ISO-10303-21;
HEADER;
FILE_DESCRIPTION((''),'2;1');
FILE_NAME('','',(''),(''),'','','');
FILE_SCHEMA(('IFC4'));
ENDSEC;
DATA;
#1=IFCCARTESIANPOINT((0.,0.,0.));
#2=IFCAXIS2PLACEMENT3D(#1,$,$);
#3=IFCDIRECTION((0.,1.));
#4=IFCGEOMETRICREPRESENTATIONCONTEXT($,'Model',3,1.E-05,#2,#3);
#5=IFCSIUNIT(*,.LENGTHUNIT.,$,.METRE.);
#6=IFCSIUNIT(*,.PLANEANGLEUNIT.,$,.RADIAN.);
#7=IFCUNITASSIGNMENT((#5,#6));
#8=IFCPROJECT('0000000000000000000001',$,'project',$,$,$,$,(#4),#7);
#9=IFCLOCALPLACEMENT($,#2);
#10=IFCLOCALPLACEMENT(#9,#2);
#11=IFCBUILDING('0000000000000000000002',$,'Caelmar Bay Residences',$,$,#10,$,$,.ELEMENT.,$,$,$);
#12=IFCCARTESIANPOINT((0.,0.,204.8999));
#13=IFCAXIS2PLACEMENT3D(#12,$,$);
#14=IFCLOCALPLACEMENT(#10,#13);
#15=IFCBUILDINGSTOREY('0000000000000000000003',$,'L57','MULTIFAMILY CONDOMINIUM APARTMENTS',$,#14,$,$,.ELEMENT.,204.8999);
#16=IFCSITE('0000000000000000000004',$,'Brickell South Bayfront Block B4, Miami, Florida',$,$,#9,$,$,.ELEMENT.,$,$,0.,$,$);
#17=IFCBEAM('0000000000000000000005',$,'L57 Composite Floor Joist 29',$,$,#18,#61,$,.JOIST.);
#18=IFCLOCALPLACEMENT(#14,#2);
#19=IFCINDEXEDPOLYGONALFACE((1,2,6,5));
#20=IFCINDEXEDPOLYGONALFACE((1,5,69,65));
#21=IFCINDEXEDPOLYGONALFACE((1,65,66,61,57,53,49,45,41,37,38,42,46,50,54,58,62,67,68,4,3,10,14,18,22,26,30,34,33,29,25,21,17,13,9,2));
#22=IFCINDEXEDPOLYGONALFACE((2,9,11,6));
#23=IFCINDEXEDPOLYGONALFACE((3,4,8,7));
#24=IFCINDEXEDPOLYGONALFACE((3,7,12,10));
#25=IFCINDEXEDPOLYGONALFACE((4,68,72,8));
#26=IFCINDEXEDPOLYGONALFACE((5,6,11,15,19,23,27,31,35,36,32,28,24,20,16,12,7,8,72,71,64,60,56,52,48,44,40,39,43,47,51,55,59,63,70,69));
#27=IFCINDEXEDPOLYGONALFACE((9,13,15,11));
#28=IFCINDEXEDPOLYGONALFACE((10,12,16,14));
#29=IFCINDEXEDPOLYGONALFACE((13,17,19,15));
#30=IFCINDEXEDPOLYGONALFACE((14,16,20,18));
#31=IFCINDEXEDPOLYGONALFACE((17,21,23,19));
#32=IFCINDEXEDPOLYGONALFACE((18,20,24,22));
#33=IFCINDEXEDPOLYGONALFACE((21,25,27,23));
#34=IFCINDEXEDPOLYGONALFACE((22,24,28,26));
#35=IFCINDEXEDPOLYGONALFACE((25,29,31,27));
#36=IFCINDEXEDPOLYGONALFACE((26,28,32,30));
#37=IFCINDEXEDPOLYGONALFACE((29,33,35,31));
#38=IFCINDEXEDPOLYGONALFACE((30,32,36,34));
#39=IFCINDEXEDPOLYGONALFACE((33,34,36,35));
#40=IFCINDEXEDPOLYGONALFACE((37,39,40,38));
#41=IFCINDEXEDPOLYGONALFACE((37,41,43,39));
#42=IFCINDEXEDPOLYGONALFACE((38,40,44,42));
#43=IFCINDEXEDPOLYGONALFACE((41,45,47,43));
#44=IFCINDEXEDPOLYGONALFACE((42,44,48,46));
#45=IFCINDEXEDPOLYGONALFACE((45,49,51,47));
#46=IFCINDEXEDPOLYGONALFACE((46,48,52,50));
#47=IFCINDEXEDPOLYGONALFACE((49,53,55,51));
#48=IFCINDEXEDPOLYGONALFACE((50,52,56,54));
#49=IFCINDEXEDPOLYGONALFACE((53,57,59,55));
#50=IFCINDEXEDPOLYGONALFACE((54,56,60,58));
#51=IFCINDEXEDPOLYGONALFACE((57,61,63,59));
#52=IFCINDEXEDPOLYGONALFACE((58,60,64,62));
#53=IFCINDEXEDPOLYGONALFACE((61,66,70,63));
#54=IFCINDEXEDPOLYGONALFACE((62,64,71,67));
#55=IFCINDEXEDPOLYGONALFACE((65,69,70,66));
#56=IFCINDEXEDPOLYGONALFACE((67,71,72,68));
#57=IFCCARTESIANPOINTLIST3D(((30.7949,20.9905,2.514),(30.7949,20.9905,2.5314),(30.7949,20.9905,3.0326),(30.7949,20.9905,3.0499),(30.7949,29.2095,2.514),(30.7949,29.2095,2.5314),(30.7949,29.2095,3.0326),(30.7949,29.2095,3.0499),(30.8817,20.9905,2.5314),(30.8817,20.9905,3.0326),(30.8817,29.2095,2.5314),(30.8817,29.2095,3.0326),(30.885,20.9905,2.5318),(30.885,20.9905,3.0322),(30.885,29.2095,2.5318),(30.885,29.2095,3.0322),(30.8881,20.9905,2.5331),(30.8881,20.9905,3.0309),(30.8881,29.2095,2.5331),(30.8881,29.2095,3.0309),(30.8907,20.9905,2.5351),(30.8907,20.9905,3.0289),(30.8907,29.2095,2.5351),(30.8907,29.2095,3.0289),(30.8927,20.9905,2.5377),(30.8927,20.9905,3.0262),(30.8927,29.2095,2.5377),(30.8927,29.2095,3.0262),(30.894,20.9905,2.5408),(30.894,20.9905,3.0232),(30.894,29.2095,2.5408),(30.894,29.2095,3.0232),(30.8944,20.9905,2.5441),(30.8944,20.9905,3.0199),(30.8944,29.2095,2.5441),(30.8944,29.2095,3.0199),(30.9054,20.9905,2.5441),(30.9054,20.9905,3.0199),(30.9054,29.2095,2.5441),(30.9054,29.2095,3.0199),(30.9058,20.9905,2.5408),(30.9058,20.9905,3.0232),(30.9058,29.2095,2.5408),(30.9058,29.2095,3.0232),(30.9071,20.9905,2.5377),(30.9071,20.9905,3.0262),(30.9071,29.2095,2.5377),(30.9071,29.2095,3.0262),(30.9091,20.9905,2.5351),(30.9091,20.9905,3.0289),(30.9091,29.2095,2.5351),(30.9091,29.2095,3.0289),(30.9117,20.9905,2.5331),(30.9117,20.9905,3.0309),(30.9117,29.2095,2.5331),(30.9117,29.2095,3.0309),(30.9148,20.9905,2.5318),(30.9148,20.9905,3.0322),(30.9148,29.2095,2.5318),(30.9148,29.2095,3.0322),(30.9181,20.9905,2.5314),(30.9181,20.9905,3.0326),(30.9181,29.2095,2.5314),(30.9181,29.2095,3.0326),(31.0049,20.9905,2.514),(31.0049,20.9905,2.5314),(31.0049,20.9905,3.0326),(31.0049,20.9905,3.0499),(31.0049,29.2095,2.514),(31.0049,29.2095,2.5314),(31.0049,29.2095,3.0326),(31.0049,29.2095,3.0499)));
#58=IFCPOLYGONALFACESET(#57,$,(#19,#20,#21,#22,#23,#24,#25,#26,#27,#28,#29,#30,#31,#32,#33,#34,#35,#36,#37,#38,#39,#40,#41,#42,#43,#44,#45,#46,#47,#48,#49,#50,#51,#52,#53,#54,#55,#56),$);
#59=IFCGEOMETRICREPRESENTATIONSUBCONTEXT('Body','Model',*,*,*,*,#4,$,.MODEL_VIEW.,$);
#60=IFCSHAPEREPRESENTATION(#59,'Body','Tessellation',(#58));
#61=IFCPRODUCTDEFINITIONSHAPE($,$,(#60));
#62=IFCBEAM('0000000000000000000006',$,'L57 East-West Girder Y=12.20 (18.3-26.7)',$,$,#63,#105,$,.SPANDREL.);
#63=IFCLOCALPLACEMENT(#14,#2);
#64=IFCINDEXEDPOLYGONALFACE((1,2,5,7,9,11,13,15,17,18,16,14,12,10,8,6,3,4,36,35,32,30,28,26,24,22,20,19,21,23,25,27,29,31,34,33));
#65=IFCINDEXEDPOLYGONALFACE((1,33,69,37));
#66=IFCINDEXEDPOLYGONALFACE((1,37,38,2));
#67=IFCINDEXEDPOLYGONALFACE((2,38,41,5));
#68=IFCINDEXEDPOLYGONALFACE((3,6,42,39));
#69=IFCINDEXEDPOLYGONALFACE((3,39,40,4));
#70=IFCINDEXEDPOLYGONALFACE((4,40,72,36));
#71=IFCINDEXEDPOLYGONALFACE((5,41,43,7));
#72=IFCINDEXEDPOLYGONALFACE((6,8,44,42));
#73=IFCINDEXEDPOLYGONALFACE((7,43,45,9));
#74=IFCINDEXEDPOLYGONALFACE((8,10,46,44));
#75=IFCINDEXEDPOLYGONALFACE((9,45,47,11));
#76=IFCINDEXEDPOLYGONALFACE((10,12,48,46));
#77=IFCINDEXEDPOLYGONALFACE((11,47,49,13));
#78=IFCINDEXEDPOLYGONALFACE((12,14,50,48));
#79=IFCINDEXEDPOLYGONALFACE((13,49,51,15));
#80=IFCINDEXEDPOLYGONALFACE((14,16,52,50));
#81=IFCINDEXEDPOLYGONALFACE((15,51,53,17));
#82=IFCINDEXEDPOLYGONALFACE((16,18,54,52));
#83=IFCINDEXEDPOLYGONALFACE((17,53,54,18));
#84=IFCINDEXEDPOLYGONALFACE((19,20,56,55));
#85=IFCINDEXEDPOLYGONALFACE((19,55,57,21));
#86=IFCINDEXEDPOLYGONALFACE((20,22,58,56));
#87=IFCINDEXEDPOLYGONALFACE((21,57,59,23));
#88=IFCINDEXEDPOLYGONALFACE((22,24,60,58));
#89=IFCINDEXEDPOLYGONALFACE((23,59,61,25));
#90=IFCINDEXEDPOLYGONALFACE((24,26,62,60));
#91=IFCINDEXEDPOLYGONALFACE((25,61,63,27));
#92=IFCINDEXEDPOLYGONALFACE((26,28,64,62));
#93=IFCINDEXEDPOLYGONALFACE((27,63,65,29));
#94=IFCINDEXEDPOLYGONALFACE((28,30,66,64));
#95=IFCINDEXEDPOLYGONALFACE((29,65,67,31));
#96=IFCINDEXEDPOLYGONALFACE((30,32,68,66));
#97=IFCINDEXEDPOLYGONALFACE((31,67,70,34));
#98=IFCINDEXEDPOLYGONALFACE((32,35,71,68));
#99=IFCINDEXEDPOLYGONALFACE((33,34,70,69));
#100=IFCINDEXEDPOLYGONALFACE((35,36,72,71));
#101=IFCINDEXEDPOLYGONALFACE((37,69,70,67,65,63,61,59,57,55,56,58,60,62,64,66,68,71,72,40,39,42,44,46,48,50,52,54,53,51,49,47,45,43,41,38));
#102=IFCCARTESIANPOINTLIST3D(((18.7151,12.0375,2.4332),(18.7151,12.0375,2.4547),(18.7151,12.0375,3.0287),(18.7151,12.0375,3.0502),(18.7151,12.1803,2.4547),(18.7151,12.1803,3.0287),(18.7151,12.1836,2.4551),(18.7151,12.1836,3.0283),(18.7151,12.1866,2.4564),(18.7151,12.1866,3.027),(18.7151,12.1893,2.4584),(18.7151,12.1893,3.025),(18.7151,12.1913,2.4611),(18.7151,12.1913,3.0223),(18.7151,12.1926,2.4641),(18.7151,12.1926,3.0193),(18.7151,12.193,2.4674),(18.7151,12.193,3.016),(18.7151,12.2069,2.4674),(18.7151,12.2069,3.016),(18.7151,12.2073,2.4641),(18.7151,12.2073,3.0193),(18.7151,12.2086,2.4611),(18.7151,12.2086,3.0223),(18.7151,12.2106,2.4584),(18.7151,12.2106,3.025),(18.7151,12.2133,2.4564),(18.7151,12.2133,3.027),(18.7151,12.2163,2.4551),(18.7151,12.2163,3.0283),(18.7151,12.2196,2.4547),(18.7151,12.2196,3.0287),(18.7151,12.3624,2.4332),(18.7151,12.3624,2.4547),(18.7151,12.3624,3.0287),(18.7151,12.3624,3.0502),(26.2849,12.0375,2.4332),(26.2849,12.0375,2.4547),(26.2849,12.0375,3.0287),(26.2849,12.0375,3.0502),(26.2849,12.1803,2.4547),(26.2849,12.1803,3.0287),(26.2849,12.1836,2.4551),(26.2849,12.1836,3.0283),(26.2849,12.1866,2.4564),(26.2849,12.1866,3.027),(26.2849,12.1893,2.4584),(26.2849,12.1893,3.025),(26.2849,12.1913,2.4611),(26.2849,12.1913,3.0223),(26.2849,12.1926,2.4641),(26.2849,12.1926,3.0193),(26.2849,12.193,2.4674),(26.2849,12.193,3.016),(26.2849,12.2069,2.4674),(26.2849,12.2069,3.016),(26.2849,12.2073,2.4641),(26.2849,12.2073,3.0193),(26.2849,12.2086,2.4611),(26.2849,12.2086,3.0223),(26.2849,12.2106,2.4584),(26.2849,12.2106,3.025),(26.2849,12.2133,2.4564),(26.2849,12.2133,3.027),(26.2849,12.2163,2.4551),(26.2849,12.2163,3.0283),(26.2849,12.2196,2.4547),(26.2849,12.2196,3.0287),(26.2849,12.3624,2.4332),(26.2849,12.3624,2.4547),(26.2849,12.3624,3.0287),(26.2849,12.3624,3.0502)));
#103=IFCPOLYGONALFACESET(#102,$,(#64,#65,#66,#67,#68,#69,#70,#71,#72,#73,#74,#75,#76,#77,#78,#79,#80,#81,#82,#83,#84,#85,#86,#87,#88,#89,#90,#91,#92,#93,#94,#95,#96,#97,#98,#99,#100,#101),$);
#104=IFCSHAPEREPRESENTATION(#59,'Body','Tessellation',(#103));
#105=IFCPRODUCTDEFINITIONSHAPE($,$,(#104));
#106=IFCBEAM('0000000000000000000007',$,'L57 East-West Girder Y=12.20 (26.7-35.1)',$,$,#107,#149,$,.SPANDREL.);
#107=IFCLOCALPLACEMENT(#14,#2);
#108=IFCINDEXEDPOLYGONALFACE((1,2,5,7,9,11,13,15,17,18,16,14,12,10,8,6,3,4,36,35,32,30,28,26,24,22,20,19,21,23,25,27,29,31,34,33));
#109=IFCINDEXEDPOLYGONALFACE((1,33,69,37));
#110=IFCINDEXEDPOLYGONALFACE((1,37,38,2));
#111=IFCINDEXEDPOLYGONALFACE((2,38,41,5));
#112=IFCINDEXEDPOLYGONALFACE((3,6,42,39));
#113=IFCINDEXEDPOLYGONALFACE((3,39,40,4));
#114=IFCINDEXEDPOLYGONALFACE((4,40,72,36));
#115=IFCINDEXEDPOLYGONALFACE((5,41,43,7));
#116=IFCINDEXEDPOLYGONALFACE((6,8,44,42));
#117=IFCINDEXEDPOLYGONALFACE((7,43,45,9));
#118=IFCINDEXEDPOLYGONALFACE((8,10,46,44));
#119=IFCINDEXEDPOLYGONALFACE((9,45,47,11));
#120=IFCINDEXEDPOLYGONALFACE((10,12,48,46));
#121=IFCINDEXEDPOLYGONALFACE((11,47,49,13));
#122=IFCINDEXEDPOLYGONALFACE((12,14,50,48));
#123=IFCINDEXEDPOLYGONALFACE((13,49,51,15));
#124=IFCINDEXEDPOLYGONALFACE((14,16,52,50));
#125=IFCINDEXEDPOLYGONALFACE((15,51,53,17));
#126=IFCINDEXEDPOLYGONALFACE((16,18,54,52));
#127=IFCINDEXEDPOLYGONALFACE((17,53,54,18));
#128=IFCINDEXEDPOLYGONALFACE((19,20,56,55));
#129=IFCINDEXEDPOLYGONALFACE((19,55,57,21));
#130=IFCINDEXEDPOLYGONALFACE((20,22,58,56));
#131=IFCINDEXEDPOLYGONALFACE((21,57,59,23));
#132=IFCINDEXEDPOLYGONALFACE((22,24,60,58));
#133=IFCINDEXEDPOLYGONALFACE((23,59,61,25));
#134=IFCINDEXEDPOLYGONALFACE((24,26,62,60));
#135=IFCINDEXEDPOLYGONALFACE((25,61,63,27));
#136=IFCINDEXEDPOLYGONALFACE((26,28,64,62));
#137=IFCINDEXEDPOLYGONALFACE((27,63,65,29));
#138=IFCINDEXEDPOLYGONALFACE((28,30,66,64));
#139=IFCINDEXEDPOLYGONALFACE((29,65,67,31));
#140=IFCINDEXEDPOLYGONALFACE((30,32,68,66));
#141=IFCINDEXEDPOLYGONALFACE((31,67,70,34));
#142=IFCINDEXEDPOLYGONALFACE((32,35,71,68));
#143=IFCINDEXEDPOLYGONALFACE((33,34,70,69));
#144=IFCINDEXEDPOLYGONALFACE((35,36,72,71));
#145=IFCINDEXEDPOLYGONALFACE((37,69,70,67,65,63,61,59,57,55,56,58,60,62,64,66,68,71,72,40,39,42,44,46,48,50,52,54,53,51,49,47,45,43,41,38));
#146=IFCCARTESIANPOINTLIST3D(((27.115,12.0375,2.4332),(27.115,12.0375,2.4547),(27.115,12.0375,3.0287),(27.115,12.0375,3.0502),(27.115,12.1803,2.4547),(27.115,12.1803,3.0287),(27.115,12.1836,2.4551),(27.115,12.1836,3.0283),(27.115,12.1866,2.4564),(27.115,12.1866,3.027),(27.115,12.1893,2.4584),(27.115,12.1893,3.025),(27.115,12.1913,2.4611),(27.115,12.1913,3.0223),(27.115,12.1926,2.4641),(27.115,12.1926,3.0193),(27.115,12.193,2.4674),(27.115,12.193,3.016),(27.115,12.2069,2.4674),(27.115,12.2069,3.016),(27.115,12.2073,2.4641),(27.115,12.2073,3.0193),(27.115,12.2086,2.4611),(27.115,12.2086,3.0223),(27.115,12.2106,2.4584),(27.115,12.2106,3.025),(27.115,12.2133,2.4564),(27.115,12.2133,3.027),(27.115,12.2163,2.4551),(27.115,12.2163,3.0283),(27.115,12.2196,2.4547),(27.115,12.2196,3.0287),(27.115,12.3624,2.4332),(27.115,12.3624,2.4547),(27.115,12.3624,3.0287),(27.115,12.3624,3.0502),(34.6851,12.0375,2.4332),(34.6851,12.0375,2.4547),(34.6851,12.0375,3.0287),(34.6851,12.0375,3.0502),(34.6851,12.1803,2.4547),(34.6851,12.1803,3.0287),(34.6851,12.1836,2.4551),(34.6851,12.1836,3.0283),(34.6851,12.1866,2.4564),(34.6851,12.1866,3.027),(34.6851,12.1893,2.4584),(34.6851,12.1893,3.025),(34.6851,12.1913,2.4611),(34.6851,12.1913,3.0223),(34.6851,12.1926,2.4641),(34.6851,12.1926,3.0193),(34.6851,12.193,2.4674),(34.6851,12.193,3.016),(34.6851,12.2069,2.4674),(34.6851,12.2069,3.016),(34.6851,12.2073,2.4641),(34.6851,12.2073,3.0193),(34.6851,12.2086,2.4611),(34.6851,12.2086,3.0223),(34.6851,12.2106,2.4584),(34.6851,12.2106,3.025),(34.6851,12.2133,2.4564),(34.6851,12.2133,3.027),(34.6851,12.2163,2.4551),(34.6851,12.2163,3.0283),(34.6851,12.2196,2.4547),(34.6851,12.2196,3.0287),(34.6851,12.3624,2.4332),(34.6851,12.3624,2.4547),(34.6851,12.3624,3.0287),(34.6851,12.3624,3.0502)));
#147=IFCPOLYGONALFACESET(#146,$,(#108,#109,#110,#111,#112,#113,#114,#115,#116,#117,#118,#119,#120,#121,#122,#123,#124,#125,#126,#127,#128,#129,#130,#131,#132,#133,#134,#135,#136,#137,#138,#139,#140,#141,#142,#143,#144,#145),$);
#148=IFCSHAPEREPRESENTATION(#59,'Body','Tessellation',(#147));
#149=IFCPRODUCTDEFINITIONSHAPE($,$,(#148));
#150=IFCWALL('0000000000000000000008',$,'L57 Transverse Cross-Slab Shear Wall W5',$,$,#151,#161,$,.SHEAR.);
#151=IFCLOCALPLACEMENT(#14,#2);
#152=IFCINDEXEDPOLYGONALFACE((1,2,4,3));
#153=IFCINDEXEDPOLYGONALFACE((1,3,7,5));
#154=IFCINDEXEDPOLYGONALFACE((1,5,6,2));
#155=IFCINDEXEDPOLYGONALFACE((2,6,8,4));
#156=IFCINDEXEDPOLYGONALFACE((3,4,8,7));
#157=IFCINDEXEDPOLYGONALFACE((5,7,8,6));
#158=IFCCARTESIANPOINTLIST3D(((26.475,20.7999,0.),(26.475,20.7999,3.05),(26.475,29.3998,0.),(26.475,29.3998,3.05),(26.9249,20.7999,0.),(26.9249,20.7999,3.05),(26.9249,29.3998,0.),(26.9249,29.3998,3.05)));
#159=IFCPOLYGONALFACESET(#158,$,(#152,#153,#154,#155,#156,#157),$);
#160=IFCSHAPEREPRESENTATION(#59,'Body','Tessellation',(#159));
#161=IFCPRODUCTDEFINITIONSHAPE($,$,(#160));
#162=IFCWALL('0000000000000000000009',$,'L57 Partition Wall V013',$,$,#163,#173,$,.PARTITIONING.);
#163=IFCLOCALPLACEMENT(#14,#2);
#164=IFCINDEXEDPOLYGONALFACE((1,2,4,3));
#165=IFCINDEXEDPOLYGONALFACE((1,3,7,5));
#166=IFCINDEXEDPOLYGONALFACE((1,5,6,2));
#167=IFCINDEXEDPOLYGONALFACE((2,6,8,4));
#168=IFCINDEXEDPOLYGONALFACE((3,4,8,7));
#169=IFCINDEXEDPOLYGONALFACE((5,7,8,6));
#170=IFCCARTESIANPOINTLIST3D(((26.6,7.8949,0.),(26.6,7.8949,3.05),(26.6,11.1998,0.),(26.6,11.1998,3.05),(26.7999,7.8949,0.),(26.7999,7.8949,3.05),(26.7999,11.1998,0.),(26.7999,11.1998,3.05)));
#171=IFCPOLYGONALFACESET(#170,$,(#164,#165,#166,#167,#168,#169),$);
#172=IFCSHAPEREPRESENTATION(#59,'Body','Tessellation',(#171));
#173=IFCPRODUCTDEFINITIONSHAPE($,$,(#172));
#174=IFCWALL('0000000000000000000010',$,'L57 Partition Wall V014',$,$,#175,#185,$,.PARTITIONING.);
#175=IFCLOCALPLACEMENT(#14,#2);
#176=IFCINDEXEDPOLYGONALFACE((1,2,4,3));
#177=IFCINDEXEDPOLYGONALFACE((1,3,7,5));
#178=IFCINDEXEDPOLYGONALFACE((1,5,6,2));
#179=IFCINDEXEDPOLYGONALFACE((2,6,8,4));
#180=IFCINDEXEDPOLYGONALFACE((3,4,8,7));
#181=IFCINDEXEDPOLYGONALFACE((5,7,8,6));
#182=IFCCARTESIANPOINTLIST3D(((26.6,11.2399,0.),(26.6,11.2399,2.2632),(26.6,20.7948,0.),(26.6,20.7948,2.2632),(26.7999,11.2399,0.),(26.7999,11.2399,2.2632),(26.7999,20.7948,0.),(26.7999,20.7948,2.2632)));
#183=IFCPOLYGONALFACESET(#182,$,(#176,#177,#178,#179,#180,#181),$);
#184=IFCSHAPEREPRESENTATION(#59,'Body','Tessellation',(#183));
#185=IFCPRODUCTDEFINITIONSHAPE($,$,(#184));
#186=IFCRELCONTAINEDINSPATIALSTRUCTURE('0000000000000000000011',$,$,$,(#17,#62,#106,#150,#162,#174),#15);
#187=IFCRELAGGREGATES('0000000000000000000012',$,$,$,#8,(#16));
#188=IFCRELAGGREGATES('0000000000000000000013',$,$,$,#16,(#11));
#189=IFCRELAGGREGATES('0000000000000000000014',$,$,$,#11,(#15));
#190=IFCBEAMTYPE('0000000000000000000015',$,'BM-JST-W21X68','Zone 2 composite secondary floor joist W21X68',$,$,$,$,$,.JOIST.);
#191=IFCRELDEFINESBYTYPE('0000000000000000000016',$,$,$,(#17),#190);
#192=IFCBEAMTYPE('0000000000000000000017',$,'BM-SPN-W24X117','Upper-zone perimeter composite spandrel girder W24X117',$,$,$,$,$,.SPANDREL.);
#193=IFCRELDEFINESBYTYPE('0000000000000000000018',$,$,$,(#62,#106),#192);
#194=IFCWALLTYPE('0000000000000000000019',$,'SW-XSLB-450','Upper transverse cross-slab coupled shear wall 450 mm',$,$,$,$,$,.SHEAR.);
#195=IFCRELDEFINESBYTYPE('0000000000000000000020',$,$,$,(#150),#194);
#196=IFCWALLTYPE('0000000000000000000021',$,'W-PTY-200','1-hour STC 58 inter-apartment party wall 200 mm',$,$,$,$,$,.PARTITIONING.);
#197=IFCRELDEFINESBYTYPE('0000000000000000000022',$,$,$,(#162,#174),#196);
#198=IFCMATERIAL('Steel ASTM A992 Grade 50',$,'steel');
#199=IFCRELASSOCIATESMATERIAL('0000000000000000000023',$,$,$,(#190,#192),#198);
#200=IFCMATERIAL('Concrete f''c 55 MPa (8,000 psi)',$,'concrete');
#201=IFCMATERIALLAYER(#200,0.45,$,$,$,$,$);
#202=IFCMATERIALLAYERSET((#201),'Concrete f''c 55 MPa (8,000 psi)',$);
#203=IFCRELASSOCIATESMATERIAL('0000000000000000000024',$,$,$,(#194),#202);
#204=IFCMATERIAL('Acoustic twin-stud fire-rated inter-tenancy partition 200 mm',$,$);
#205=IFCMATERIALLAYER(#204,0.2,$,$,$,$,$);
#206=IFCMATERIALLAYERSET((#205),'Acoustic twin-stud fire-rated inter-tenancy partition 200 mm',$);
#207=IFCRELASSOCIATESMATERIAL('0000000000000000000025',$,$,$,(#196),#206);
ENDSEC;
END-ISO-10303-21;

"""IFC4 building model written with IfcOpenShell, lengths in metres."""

from ifc_helpers import new_model, si_unit, direction, frame, frame_2d, origin, origin_2d, place, context, subcontext, project, spatial, rectangle, i_section, extrude, material, layer, layer_set, material_profile, profile_set, type_object, element, save


model = new_model("IFC4")

# Units and contexts
model_context = context("Model", 3, precision=1e-05, world=origin(), true_north=direction((0.0, 1.0)))
body_context = subcontext(model_context, "Body", "Model", "MODEL_VIEW")
ifc_project = project(units=[si_unit("LENGTHUNIT", "METRE"), si_unit("PLANEANGLEUNIT", "RADIAN")], contexts=[model_context])

# Site, building, storey
site_placement = place(None, origin())
site = spatial("IfcSite", under=ifc_project, at=site_placement, Name="Brickell South Bayfront Block B4, Miami, Florida", CompositionType="ELEMENT", RefElevation=0.0)
building_placement = place(site_placement, origin())
building = spatial("IfcBuilding", under=site, at=building_placement, Name="Caelmar Bay Residences", CompositionType="ELEMENT")
storey_placement = place(building_placement, frame((0.0, 0.0, 204.8999)))
storey = spatial("IfcBuildingStorey", under=building, at=storey_placement, Name="L57", Description="MULTIFAMILY CONDOMINIUM APARTMENTS", CompositionType="ELEMENT", Elevation=204.8999)

# Shared definitions
ifc_material_1 = material(Name="Concrete f'c 55 MPa (8,000 psi)", Category="concrete")

# Beams
ifc_material_2 = material(Name="Steel ASTM A992 Grade 50", Category="steel")
ifc_material_profile_1 = material_profile(ifc_material_2, i_section(OverallWidth=0.21, OverallDepth=0.5359, WebThickness=0.011, FlangeThickness=0.0173, FilletRadius=0.0127, at=origin_2d()), Name="W21X68")
ifc_profile_set_1 = profile_set([ifc_material_profile_1], Name="Steel ASTM A992 Grade 50")
beam_type_1 = type_object("IfcBeamType", Name="BM-JST-W21X68", Description="Zone 2 composite secondary floor joist W21X68", PredefinedType="JOIST", material=ifc_profile_set_1)
for number, where, z_axis, x_axis, name in (
    (1, (30.8999, 20.9905, 2.782), (0.0, 1.0, 0.0), (-1.0, 0.0, 0.0), "L57 Composite Floor Joist 29"),
):
    element("IfcBeam", number, at=place(storey_placement, frame(where, z_axis=z_axis, x_axis=x_axis)), inside=storey, type_object=beam_type_1, Name=name, PredefinedType="JOIST", context=body_context, shape_type="SweptSolid", body=[
        extrude(i_section(OverallWidth=0.21, OverallDepth=0.5359, WebThickness=0.011, FlangeThickness=0.0173, FilletRadius=0.0127, at=origin_2d()), origin(), (0.0, 0.0, 1.0), 8.219),
    ])
ifc_material_profile_2 = material_profile(ifc_material_2, i_section(OverallWidth=0.325, OverallDepth=0.6169, WebThickness=0.0139, FlangeThickness=0.0215, FilletRadius=0.0127, at=origin_2d()), Name="W24X117")
ifc_profile_set_2 = profile_set([ifc_material_profile_2], Name="Steel ASTM A992 Grade 50")
beam_type_2 = type_object("IfcBeamType", Name="BM-SPN-W24X117", Description="Upper-zone perimeter composite spandrel girder W24X117", PredefinedType="SPANDREL", material=ifc_profile_set_2)
beam_1_placement = place(storey_placement, frame((18.7151, 12.2, 2.7417), z_axis=(1.0, 0.0, 0.0), x_axis=(0.0, 1.0, 0.0)))
element("IfcBeam", 2, at=beam_1_placement, inside=storey, type_object=beam_type_2, Name="L57 East-West Girder Y=12.20 (18.3-26.7)", PredefinedType="SPANDREL", context=body_context, shape_type="SweptSolid", body=[
    extrude(i_section(OverallWidth=0.325, OverallDepth=0.6169, WebThickness=0.0139, FlangeThickness=0.0215, FilletRadius=0.0127, at=origin_2d()), origin(), (0.0, 0.0, 1.0), 7.5698),
])
beam_2_placement = place(storey_placement, frame((27.115, 12.2, 2.7417), z_axis=(1.0, 0.0, 0.0), x_axis=(0.0, 1.0, 0.0)))
element("IfcBeam", 3, at=beam_2_placement, inside=storey, type_object=beam_type_2, Name="L57 East-West Girder Y=12.20 (26.7-35.1)", PredefinedType="SPANDREL", context=body_context, shape_type="SweptSolid", body=[
    extrude(i_section(OverallWidth=0.325, OverallDepth=0.6169, WebThickness=0.0139, FlangeThickness=0.0215, FilletRadius=0.0127, at=origin_2d()), origin(), (0.0, 0.0, 1.0), 7.5701),
])

# Walls
ifc_layer_1 = layer(ifc_material_1, 0.45)
ifc_layer_set_1 = layer_set([ifc_layer_1], Name="Concrete f'c 55 MPa (8,000 psi)")
wall_type_1 = type_object("IfcWallType", Name="SW-XSLB-450", Description="Upper transverse cross-slab coupled shear wall 450 mm", PredefinedType="SHEAR", material=ifc_layer_set_1)
wall_1_placement = place(storey_placement, frame((26.7, 20.8, 0.0), z_axis=(0.0, 0.0, 1.0), x_axis=(0.0, 1.0, 0.0)))
element("IfcWall", 4, at=wall_1_placement, inside=storey, type_object=wall_type_1, Name="L57 Transverse Cross-Slab Shear Wall W5", PredefinedType="SHEAR", context=body_context, shape_type="SweptSolid", body=[
    extrude(rectangle(XDim=8.5999, YDim=0.45, at=frame_2d((4.2998, 0.0))), origin(), (0.0, 0.0, 1.0), 3.05),
])
ifc_material_3 = material(Name="Acoustic twin-stud fire-rated inter-tenancy partition 200 mm")
ifc_layer_2 = layer(ifc_material_3, 0.2)
ifc_layer_set_2 = layer_set([ifc_layer_2], Name="Acoustic twin-stud fire-rated inter-tenancy partition 200 mm")
wall_type_2 = type_object("IfcWallType", Name="W-PTY-200", Description="1-hour STC 58 inter-apartment party wall 200 mm", PredefinedType="PARTITIONING", material=ifc_layer_set_2)
wall_2_placement = place(storey_placement, frame((26.7, 7.895, 0.0), z_axis=(0.0, 0.0, 1.0), x_axis=(0.0, 1.0, 0.0)))
element("IfcWall", 5, at=wall_2_placement, inside=storey, type_object=wall_type_2, Name="L57 Partition Wall V013", PredefinedType="PARTITIONING", context=body_context, shape_type="SweptSolid", body=[
    extrude(rectangle(XDim=3.3049, YDim=0.2, at=frame_2d((1.6523, 0.0))), origin(), (0.0, 0.0, 1.0), 3.05),
])
wall_3_placement = place(storey_placement, frame((26.7, 11.24, 0.0), z_axis=(0.0, 0.0, 1.0), x_axis=(0.0, 1.0, 0.0)))
element("IfcWall", 6, at=wall_3_placement, inside=storey, type_object=wall_type_2, Name="L57 Partition Wall V014", PredefinedType="PARTITIONING", context=body_context, shape_type="SweptSolid", body=[
    extrude(rectangle(XDim=9.5549, YDim=0.2, at=frame_2d((4.7773, 0.0))), origin(), (0.0, 0.0, 1.0), 2.2632),
])

save(model, "model.ifc")
